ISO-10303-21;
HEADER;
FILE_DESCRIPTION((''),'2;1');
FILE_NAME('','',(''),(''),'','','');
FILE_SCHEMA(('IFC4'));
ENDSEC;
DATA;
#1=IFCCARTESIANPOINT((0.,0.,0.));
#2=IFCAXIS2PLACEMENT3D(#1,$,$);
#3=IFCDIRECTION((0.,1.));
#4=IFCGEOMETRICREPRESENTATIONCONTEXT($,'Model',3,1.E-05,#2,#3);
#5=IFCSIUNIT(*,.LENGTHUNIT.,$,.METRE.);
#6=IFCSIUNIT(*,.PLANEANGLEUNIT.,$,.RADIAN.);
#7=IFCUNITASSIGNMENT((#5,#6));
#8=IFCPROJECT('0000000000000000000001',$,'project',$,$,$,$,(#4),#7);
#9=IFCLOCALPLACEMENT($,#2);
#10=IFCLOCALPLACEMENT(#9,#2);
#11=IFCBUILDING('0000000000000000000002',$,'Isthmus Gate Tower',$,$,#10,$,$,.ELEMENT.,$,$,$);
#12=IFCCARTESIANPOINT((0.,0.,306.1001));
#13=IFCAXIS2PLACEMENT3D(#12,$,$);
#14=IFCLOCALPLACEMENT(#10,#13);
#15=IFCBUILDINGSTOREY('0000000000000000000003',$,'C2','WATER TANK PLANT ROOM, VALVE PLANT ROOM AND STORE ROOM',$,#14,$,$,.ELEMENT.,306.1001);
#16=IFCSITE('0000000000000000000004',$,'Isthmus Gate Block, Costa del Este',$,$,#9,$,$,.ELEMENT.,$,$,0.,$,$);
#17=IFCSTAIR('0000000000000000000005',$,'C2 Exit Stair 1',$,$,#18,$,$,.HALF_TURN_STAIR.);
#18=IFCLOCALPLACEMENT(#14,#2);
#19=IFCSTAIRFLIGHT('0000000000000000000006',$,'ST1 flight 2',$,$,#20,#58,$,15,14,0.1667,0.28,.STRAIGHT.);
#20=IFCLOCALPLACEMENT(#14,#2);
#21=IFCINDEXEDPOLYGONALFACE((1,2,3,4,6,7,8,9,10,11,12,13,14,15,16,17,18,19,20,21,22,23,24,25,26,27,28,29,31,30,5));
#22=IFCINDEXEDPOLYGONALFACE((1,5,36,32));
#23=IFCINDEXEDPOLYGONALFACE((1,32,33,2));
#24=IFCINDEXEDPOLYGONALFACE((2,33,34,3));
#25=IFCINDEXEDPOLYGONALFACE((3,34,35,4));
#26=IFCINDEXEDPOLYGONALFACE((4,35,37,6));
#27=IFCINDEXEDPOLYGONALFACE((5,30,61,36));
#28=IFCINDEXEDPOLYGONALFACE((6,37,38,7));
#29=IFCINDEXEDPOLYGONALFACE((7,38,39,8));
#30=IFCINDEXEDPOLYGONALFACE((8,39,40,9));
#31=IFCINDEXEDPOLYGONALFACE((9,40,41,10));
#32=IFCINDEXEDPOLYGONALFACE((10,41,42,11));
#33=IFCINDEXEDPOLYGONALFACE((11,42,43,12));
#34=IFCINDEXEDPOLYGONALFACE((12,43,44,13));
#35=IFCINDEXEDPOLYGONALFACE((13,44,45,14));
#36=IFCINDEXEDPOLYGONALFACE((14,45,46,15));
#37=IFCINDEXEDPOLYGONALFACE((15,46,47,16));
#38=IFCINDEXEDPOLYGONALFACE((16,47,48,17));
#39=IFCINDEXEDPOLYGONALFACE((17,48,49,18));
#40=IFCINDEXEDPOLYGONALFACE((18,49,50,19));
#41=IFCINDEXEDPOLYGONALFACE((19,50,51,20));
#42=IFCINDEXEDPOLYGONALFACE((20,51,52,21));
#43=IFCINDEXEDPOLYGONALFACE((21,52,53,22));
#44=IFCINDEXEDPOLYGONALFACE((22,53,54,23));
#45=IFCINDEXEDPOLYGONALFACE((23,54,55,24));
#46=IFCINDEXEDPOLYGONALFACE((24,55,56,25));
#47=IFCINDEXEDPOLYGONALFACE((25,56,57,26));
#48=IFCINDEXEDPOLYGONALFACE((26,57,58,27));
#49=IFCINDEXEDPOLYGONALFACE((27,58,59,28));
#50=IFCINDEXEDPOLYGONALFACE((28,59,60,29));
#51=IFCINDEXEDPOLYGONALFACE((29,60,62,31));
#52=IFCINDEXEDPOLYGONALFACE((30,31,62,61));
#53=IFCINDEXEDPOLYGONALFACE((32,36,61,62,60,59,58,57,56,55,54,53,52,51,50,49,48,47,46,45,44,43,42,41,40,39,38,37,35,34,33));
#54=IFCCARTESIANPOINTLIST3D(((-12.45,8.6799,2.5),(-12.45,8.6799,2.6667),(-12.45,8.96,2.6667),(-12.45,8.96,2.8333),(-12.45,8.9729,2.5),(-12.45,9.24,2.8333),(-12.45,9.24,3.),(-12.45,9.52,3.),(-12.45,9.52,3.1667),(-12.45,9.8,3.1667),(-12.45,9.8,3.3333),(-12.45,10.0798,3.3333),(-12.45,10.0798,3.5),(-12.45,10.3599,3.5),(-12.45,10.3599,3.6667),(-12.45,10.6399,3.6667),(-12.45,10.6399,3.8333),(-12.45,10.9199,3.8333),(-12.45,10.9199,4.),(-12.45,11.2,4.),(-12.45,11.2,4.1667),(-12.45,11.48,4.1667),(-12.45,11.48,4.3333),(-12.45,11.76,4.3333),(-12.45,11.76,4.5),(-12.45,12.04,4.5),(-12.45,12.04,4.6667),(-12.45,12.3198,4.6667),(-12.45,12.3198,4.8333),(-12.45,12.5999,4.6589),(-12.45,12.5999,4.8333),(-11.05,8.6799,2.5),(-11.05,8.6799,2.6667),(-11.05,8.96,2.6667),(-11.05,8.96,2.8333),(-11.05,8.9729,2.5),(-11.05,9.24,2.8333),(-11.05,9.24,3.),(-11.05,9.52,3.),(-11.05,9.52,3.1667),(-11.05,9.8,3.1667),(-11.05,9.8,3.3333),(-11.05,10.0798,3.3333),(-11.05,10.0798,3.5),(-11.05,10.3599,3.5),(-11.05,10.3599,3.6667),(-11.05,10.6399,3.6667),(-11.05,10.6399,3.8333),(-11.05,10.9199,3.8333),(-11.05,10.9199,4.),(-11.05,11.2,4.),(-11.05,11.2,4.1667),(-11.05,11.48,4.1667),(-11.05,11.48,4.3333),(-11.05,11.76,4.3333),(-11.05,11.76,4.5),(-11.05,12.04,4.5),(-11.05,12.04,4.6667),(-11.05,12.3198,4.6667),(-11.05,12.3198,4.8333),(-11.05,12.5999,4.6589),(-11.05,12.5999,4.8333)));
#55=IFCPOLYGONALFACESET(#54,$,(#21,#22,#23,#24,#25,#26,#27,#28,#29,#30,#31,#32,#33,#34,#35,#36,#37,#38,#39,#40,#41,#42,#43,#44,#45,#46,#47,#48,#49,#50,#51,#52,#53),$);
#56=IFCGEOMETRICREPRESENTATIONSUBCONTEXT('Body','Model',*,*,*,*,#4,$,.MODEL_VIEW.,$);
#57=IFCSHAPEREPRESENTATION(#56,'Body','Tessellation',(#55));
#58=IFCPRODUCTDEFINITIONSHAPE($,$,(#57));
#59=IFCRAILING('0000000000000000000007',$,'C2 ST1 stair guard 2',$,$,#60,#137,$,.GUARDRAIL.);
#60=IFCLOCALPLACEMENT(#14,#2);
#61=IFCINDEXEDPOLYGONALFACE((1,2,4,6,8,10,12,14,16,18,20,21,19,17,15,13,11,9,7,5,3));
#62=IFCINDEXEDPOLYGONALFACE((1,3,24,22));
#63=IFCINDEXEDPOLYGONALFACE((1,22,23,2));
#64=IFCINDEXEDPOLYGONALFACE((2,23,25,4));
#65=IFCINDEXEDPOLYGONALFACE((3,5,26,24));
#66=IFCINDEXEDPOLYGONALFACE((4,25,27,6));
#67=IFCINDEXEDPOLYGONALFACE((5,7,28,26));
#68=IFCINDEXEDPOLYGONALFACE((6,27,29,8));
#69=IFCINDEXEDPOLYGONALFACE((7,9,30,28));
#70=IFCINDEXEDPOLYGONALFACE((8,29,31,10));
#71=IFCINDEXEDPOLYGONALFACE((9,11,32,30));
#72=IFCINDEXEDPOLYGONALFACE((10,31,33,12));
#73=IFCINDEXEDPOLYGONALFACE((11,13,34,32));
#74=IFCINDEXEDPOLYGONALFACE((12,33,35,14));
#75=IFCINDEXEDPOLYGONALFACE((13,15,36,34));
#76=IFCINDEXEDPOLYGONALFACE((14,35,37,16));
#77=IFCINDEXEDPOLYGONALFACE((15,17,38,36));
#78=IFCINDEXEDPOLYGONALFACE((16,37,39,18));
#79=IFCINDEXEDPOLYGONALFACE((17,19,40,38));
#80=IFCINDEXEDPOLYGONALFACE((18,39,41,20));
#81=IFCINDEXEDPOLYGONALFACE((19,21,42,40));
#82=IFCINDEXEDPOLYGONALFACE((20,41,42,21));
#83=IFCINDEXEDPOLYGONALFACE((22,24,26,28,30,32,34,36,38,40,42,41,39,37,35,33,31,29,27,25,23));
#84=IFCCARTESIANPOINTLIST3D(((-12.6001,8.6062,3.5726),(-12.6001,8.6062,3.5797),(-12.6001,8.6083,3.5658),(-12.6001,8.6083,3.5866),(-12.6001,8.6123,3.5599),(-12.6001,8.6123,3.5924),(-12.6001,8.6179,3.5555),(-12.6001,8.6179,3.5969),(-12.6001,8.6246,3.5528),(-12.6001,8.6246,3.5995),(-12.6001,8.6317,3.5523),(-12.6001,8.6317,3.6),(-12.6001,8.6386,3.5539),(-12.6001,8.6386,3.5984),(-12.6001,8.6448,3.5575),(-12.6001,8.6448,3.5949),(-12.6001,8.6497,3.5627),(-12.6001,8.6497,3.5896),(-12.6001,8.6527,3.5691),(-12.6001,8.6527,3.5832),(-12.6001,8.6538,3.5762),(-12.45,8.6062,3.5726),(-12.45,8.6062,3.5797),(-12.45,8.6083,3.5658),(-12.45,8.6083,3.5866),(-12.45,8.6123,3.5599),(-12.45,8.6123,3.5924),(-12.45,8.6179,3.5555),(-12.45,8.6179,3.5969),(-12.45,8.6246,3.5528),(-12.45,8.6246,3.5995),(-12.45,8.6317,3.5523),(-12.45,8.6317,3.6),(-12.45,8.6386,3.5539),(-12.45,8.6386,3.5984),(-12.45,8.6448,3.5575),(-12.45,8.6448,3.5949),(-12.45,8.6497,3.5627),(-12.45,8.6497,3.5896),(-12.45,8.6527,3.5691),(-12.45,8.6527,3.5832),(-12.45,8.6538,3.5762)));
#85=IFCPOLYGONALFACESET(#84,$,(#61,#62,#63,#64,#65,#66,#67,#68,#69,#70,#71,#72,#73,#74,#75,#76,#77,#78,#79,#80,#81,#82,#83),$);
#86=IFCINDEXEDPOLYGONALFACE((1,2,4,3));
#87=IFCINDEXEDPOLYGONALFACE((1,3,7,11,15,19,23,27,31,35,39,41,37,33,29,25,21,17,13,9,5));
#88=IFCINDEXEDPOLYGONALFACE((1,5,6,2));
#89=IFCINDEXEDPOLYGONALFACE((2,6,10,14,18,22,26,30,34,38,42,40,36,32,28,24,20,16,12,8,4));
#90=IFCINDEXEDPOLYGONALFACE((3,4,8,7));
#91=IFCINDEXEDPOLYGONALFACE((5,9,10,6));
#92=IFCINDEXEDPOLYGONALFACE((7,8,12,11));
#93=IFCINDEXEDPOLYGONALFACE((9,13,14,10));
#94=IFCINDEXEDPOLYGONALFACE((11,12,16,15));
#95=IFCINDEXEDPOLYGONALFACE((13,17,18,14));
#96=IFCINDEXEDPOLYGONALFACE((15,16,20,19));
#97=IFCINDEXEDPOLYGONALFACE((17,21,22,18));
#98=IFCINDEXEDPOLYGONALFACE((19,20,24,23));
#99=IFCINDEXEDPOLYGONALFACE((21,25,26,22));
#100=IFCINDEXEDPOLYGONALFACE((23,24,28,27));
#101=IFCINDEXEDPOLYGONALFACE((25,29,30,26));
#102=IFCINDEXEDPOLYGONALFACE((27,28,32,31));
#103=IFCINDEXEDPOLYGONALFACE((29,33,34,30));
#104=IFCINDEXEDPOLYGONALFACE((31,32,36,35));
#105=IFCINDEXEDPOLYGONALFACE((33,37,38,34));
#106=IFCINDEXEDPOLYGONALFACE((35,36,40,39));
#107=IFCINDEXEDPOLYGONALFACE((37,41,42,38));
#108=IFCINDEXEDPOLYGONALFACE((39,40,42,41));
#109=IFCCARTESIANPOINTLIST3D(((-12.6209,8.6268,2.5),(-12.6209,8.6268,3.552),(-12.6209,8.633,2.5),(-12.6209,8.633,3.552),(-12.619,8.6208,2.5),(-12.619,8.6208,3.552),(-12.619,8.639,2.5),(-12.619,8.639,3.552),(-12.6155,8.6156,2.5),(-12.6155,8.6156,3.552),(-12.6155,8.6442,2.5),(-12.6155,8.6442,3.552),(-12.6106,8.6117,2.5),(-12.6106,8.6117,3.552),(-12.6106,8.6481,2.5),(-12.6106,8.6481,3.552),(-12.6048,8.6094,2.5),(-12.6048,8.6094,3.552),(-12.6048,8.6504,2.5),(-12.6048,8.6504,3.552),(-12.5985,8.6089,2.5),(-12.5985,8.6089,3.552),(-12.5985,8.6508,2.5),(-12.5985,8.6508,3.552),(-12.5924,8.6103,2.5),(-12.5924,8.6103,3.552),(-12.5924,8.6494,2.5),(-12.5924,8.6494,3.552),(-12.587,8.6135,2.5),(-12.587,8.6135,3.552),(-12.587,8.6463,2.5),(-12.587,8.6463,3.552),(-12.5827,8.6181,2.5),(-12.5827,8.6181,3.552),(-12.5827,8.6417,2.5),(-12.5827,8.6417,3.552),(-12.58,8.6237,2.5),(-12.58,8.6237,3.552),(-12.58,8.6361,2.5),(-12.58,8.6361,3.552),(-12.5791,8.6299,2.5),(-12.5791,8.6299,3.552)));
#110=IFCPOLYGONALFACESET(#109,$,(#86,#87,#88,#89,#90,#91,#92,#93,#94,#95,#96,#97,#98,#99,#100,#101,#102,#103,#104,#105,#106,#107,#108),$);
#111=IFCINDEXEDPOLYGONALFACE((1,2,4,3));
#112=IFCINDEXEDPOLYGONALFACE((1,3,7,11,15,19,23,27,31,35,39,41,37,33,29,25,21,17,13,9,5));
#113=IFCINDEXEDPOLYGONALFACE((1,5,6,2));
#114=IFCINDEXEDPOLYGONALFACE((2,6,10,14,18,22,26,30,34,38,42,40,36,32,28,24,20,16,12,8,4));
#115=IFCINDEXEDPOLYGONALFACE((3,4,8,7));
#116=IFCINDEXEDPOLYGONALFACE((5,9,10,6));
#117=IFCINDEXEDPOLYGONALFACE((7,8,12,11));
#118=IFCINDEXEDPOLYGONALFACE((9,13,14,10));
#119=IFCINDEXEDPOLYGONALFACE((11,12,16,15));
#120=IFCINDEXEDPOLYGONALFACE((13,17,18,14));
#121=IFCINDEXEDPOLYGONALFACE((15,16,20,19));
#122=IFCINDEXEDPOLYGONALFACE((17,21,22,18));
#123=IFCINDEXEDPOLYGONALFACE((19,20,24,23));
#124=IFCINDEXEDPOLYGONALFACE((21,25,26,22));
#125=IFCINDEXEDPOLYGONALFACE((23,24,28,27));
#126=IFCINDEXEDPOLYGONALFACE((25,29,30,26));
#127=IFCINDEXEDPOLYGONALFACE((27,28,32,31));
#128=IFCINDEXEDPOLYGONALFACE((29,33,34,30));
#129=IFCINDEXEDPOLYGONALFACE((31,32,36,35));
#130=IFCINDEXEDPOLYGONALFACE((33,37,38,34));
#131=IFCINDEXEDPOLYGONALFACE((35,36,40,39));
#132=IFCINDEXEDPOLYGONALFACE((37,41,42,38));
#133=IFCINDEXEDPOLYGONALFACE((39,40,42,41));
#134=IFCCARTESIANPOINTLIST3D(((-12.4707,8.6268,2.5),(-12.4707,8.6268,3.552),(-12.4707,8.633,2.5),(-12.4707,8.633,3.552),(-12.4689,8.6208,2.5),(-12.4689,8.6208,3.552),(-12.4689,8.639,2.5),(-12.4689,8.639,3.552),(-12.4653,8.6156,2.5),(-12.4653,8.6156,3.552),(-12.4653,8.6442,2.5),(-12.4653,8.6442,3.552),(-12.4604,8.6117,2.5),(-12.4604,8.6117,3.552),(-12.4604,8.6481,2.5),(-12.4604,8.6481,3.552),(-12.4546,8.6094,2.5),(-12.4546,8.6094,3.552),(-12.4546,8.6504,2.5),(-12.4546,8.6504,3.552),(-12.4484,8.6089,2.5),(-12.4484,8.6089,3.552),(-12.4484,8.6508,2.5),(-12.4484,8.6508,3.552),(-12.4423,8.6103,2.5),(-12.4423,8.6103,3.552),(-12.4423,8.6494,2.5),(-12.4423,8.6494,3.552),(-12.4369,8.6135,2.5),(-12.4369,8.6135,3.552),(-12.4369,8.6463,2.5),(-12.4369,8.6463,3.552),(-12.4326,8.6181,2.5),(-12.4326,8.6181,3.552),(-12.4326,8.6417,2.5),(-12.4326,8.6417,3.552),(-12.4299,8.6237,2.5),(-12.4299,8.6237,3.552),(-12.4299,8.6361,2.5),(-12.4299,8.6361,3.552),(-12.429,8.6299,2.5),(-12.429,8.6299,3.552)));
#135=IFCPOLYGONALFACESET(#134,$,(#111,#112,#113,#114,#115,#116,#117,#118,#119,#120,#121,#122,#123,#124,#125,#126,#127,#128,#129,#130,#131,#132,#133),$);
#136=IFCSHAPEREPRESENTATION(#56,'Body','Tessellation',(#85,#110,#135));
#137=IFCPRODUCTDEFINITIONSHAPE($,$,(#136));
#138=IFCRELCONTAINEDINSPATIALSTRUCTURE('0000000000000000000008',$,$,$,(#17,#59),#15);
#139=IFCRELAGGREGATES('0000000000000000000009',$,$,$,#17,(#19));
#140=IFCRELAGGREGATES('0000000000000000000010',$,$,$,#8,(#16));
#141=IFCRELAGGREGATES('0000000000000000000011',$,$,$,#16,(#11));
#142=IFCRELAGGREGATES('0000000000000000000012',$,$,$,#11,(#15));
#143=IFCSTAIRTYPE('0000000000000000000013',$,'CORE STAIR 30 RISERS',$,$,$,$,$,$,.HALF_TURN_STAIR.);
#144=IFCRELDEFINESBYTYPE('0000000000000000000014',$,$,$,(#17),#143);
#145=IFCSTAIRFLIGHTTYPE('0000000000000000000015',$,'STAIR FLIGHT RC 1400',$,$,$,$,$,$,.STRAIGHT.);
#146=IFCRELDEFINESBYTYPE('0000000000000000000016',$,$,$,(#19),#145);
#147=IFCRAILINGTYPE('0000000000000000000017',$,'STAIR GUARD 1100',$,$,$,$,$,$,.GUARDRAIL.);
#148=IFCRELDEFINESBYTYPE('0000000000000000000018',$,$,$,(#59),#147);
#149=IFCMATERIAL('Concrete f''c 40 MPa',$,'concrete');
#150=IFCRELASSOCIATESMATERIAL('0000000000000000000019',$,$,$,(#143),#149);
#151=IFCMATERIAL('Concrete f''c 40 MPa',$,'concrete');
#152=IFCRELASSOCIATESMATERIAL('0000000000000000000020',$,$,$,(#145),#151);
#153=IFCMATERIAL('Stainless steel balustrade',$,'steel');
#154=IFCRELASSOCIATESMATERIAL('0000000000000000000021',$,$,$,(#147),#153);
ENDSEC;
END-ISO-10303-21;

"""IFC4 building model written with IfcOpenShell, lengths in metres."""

from ifc_helpers import new_model, si_unit, direction, frame, origin, origin_2d, place, context, subcontext, project, spatial, polyline, circle, outline, extrude, material, type_object, element, aggregate, save


model = new_model("IFC4")

# Units and contexts
model_context = context("Model", 3, precision=1e-05, world=origin(), true_north=direction((0.0, 1.0)))
body_context = subcontext(model_context, "Body", "Model", "MODEL_VIEW")
ifc_project = project(units=[si_unit("LENGTHUNIT", "METRE"), si_unit("PLANEANGLEUNIT", "RADIAN")], contexts=[model_context])

# Site, building, storey
site_placement = place(None, origin())
site = spatial("IfcSite", under=ifc_project, at=site_placement, Name="Isthmus Gate Block, Costa del Este", CompositionType="ELEMENT", RefElevation=0.0)
building_placement = place(site_placement, origin())
building = spatial("IfcBuilding", under=site, at=building_placement, Name="Isthmus Gate Tower", CompositionType="ELEMENT")
storey_placement = place(building_placement, frame((0.0, 0.0, 306.1001)))
storey = spatial("IfcBuildingStorey", under=building, at=storey_placement, Name="C2", Description="WATER TANK PLANT ROOM, VALVE PLANT ROOM AND STORE ROOM", CompositionType="ELEMENT", Elevation=306.1001)

# Stair, stair flight
ifc_material_1 = material(Name="Concrete f'c 40 MPa", Category="concrete")
stair_type = type_object("IfcStairType", Name="CORE STAIR 30 RISERS", PredefinedType="HALF_TURN_STAIR", material=ifc_material_1)
stair_placement = place(storey_placement, origin())
stair = element("IfcStair", 1, at=stair_placement, inside=storey, type_object=stair_type, Name="C2 Exit Stair 1", PredefinedType="HALF_TURN_STAIR")
ifc_material_2 = material(Name="Concrete f'c 40 MPa", Category="concrete")
stair_flight_type = type_object("IfcStairFlightType", Name="STAIR FLIGHT RC 1400", PredefinedType="STRAIGHT", material=ifc_material_2)
stair_flight_placement = place(storey_placement, frame((-11.75, 8.6799, 2.5), z_axis=(0.0, 0.0, 1.0), x_axis=(0.0, 1.0, 0.0)))
stair_flight = element("IfcStairFlight", 2, at=stair_flight_placement, type_object=stair_flight_type, Name="ST1 flight 2", NumberOfRisers=15, NumberOfTreads=14, PredefinedType="STRAIGHT", RiserHeight=0.1667, TreadLength=0.28, context=body_context, shape_type="SweptSolid", body=[
    extrude(outline(polyline([(0.0, 0.0), (0.0, 0.1667), (0.28, 0.1667), (0.28, 0.3333), (0.5601, 0.3333), (0.5601, 0.5), (0.8401, 0.5), (0.8401, 0.6667), (1.1201, 0.6667), (1.1201, 0.8333), (1.3999, 0.8333), (1.3999, 1.0), (1.6799, 1.0), (1.6799, 1.1667), (1.96, 1.1667), (1.96, 1.3333), (2.24, 1.3333), (2.24, 1.5), (2.52, 1.5), (2.52, 1.6667), (2.8, 1.6667), (2.8, 1.8333), (3.0801, 1.8333), (3.0801, 2.0), (3.3601, 2.0), (3.3601, 2.1667), (3.6399, 2.1667), (3.6399, 2.3333), (3.9199, 2.3333), (3.9199, 2.5), (3.9199, 2.1589), (0.293, 0.0), (0.0, 0.0)])), frame((0.0, 0.7, 0.0), z_axis=(0.0, -1.0, 0.0), x_axis=(1.0, 0.0, 0.0)), (0.0, 0.0, 1.0), 1.3999),
])
aggregate(stair, [stair_flight])

# Railing
ifc_material_3 = material(Name="Stainless steel balustrade", Category="steel")
railing_type_1 = type_object("IfcRailingType", Name="STAIR GUARD 1100", PredefinedType="GUARDRAIL", material=ifc_material_3)
railing_1_placement = place(storey_placement, frame((-12.6001, 8.6299, 2.5)))
element("IfcRailing", 3, at=railing_1_placement, inside=storey, type_object=railing_type_1, Name="C2 ST1 stair guard 2", PredefinedType="GUARDRAIL", context=body_context, shape_type="SweptSolid", body=[
    extrude(circle(Radius=0.0239, at=origin_2d()), frame((0.0, 0.0, 1.0762), z_axis=(1.0, 0.0, 0.0), x_axis=(0.0, 1.0, 0.0)), (0.0, 0.0, 1.0), 0.1501),
    extrude(circle(Radius=0.021, at=origin_2d()), origin(), (0.0, 0.0, 1.0), 1.052),
    extrude(circle(Radius=0.021, at=origin_2d()), frame((0.1501, 0.0, 0.0)), (0.0, 0.0, 1.0), 1.052),
])

save(model, "model.ifc")
